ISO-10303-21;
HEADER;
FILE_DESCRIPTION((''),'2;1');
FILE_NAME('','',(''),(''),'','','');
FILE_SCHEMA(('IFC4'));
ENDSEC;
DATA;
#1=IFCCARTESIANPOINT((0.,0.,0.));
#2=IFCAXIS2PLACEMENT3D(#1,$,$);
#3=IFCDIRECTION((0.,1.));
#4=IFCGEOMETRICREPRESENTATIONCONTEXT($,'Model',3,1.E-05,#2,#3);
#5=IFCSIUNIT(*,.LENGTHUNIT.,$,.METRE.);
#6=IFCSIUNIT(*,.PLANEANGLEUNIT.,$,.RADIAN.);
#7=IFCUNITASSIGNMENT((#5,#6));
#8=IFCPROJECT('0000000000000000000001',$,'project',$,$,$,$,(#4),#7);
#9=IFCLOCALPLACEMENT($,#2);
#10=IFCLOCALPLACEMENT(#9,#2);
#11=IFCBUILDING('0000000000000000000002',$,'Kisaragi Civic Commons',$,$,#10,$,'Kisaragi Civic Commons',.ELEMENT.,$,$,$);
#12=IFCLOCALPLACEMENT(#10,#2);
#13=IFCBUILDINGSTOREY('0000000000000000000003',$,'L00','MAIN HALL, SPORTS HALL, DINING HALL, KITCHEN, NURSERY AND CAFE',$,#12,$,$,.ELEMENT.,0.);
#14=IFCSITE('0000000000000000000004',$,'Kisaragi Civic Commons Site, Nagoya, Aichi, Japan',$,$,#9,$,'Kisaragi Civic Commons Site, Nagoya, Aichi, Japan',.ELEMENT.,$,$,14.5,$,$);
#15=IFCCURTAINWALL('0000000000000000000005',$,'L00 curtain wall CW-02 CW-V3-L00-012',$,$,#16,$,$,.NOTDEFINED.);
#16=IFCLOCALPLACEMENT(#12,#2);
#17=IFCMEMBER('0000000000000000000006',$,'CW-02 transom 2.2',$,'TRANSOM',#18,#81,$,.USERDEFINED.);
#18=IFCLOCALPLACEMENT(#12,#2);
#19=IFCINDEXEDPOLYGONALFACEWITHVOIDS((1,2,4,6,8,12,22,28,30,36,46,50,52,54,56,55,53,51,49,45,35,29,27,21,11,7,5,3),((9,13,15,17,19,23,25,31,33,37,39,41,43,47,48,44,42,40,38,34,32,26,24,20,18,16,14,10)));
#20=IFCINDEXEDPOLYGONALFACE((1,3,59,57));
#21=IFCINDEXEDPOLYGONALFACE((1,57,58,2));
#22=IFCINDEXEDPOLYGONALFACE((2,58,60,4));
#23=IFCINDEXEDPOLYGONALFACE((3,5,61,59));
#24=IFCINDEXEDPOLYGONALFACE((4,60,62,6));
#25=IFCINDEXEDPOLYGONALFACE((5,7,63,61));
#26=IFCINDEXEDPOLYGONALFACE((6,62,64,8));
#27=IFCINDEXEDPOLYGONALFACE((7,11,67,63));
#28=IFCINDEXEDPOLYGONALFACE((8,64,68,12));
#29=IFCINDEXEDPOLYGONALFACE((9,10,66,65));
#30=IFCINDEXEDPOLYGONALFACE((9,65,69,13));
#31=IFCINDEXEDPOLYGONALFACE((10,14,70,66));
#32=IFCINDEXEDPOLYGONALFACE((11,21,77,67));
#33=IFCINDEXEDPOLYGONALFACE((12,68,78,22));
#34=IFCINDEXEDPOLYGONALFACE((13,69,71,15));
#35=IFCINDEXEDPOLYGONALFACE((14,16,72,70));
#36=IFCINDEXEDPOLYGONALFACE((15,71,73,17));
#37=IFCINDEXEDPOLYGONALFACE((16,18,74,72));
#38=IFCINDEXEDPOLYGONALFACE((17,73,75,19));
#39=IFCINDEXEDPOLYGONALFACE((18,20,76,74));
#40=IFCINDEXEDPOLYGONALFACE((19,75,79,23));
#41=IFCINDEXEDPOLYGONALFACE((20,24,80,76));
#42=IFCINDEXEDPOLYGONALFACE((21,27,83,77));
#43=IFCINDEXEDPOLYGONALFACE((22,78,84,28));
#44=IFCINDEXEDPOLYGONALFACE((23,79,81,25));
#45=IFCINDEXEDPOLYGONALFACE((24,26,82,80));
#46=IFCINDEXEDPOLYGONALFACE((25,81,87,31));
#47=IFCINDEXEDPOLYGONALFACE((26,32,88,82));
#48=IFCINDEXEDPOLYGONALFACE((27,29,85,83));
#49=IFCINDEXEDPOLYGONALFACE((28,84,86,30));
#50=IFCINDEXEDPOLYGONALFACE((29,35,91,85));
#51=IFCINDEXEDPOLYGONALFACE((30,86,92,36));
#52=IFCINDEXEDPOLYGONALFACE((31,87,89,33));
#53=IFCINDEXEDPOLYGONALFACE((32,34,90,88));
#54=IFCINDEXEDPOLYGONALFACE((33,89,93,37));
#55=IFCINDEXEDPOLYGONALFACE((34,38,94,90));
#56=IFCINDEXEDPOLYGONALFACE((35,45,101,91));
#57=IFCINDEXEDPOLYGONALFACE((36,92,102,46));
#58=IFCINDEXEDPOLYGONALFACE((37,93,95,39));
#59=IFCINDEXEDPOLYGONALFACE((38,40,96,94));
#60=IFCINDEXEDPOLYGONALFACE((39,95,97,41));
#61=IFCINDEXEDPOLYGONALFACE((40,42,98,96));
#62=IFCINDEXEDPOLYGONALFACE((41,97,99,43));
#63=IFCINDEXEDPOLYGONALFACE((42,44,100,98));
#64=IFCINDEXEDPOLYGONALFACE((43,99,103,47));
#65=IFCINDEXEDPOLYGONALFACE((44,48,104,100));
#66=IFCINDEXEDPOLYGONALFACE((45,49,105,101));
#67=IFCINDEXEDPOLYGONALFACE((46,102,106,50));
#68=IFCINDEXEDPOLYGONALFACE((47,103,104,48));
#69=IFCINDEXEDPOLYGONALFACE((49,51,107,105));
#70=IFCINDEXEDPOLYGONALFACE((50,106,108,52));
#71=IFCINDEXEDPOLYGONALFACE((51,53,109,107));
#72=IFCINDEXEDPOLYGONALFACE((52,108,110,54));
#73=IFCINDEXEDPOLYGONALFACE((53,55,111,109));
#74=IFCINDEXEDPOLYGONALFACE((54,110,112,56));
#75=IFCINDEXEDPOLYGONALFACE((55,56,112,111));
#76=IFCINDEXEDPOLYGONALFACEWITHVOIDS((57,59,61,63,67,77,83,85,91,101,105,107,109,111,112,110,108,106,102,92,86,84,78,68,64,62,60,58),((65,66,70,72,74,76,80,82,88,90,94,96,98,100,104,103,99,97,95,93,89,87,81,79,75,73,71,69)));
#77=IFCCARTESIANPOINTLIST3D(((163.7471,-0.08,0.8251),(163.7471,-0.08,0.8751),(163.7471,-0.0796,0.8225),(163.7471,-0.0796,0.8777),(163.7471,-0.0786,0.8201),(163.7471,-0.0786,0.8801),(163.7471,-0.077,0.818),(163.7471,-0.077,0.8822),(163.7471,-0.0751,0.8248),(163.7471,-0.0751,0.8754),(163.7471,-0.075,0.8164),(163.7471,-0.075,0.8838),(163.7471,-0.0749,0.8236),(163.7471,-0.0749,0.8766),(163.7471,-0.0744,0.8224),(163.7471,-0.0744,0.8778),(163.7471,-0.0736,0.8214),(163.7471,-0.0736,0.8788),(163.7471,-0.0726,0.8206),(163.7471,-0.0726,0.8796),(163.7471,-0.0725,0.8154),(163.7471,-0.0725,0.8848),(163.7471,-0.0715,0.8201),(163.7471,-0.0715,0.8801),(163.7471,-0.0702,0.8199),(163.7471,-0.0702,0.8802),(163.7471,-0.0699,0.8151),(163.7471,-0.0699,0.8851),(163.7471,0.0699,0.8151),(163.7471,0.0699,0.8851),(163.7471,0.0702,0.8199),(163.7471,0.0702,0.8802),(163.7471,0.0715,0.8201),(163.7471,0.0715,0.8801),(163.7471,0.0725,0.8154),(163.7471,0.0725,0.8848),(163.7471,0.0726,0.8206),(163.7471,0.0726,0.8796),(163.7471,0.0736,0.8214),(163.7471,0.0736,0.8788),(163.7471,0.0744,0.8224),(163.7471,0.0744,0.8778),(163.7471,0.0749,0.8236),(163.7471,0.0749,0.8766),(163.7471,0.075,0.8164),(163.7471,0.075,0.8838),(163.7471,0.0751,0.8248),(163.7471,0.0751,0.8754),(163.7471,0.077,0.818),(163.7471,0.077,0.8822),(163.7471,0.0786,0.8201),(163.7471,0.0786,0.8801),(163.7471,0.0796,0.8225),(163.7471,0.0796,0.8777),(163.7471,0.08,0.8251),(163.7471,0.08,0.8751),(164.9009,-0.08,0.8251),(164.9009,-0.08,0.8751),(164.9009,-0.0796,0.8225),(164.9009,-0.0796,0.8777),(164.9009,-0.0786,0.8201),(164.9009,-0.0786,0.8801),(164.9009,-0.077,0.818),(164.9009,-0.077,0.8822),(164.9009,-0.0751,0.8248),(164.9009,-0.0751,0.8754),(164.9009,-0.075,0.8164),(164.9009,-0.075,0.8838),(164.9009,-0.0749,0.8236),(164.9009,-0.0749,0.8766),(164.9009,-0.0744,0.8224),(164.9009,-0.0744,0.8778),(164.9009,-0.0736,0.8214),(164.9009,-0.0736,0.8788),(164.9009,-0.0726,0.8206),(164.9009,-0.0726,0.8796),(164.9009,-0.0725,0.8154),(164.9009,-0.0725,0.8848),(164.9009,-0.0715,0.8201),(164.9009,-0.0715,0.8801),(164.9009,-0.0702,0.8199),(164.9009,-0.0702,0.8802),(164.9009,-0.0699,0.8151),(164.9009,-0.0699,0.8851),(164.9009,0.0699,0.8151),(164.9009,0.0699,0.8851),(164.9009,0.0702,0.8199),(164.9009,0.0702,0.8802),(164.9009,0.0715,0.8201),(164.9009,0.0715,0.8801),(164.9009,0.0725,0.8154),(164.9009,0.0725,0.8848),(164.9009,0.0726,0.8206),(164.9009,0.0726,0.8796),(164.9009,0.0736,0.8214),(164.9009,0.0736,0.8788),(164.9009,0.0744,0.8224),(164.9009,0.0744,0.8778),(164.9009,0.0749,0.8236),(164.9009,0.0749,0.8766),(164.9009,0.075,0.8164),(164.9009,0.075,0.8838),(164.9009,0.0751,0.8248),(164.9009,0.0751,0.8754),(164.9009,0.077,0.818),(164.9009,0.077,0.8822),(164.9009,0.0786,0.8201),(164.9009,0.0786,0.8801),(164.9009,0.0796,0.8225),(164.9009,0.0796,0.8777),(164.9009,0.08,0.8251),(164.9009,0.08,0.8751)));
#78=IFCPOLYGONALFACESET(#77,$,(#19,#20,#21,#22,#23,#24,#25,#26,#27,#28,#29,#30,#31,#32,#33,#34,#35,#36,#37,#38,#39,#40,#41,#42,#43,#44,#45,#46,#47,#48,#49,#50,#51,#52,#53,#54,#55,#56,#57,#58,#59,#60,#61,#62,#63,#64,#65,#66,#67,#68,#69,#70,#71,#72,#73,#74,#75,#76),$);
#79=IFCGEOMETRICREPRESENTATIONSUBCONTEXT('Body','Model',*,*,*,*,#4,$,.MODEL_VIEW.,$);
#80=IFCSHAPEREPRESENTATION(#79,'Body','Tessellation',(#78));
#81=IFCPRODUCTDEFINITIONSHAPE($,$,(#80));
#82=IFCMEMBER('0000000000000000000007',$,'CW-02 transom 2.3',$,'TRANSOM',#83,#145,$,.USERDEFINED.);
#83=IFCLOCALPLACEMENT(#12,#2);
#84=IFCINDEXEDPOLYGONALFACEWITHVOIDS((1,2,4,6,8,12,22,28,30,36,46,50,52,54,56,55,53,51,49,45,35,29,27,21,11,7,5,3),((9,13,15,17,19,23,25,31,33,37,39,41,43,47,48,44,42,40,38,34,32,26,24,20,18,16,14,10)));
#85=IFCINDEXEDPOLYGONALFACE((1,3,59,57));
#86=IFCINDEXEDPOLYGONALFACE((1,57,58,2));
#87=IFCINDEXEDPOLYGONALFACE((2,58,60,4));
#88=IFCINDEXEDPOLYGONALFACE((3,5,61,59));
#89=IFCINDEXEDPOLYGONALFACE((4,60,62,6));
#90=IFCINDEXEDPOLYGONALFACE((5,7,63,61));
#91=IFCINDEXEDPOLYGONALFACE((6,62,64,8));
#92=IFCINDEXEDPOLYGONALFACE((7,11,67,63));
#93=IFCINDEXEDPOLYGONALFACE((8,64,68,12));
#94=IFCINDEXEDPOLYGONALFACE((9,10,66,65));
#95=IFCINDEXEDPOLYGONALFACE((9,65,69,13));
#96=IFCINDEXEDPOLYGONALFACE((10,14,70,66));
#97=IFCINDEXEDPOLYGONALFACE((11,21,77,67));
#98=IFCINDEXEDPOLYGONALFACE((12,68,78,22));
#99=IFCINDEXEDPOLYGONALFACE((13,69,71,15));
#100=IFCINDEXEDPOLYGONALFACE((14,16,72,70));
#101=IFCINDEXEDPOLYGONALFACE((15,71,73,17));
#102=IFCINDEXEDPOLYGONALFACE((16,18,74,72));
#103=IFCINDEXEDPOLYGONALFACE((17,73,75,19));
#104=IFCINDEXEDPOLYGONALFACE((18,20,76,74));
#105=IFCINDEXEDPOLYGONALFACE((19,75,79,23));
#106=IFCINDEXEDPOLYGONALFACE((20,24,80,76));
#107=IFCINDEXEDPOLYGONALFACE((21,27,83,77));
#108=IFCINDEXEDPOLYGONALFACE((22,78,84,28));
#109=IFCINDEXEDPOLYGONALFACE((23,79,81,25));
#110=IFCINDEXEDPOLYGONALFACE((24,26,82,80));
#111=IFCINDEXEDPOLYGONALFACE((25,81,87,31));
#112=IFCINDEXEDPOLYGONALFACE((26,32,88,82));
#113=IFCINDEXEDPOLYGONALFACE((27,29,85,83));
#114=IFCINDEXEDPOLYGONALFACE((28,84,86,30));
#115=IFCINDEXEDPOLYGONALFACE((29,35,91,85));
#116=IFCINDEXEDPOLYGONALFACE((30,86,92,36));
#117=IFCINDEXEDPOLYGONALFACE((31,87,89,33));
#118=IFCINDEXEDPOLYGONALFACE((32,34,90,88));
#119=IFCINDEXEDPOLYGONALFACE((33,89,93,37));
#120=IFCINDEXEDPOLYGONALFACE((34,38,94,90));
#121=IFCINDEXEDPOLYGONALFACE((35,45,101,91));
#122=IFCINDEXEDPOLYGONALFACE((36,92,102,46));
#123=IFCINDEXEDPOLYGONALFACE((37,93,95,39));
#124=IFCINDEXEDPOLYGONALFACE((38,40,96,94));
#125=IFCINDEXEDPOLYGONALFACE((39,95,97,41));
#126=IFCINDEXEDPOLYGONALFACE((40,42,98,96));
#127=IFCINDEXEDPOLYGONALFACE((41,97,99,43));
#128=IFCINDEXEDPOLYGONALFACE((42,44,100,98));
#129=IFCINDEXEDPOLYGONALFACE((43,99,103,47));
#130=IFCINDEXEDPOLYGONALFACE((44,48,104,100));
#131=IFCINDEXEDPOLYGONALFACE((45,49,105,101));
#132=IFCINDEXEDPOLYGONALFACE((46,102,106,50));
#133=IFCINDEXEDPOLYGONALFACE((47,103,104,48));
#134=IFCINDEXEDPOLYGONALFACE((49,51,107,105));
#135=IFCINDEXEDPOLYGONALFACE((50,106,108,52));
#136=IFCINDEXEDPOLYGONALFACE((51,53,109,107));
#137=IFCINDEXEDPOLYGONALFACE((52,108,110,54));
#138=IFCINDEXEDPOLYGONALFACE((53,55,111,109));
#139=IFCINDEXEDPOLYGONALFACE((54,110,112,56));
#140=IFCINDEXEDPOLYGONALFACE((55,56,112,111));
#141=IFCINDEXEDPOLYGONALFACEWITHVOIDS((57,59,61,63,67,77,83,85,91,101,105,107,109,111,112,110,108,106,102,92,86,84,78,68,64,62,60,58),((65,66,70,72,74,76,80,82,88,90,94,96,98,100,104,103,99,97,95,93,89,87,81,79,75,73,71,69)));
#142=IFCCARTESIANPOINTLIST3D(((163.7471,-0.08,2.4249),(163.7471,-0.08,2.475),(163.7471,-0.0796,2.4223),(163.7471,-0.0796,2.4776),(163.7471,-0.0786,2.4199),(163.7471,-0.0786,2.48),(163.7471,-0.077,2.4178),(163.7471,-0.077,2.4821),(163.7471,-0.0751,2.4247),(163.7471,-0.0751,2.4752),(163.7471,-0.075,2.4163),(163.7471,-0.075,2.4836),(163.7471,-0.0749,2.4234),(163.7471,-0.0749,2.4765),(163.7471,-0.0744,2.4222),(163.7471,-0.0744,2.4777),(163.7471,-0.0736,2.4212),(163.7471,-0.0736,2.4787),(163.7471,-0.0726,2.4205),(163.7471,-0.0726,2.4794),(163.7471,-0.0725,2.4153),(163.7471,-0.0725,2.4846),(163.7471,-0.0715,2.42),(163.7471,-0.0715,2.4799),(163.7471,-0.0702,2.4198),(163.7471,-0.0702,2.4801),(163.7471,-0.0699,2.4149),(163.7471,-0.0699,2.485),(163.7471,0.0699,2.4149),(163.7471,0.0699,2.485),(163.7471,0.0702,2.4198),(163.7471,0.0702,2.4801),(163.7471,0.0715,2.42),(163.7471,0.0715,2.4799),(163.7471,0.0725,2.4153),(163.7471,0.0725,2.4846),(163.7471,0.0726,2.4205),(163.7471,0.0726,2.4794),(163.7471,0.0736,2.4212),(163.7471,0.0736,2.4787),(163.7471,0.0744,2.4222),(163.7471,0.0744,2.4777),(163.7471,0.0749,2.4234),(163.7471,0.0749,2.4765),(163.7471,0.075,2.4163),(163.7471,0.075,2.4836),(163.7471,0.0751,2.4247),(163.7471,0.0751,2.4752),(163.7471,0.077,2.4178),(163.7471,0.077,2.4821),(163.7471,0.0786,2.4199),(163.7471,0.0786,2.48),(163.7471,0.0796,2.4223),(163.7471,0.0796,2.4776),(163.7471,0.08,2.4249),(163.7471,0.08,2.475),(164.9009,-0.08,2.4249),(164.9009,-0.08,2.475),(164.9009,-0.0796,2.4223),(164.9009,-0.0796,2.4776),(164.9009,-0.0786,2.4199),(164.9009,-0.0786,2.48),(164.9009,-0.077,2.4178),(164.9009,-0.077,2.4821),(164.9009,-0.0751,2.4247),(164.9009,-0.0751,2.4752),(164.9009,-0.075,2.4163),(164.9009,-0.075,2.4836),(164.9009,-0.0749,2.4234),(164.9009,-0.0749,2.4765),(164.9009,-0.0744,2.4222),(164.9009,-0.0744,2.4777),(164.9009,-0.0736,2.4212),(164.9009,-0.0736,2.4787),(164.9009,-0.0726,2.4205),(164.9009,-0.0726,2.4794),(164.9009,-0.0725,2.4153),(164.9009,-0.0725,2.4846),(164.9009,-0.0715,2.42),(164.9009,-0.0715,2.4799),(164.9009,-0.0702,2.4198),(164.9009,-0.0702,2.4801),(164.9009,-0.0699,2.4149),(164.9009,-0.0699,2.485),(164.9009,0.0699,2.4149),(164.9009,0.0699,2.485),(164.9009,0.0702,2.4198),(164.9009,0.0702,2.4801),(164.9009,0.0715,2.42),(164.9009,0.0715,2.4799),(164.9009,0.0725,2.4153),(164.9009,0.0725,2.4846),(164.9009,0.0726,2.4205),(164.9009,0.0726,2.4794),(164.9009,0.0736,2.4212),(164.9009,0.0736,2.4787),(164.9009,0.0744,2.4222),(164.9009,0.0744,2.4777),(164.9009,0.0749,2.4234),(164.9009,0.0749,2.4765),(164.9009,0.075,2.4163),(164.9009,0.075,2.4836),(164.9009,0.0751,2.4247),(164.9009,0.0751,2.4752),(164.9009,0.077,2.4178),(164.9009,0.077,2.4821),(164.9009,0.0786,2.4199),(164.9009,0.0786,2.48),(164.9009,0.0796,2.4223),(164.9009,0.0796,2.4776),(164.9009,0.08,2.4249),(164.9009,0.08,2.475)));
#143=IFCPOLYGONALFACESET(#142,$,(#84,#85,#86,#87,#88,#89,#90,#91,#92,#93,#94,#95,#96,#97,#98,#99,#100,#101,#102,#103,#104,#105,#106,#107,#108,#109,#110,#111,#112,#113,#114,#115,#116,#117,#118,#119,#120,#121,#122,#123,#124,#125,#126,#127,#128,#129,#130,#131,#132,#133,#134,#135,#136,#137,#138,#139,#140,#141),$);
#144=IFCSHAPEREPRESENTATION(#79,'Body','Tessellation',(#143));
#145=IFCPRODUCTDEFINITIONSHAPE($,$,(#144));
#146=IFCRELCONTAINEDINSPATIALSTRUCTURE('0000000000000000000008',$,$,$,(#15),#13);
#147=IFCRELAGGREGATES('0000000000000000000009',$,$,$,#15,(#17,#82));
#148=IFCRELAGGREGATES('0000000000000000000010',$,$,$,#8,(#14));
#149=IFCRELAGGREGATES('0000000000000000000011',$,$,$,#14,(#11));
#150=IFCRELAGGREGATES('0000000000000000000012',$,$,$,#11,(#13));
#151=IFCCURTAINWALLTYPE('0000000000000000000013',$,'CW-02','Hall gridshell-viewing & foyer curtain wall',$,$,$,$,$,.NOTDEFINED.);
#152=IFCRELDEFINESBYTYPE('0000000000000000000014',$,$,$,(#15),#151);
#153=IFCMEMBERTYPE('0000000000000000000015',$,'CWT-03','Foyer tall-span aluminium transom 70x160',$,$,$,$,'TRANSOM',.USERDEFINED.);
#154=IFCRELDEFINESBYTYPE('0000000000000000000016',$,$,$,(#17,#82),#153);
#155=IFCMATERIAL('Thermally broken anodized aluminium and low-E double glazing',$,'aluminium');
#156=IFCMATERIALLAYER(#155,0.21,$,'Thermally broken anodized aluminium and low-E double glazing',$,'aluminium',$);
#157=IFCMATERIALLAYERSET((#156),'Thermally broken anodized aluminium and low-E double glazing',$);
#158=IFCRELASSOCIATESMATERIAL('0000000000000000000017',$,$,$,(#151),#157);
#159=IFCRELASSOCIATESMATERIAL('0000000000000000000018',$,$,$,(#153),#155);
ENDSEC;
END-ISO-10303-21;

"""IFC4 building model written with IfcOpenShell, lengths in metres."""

from ifc_helpers import new_model, si_unit, direction, frame, origin, origin_2d, place, context, subcontext, project, spatial, hollow_rectangle, extrude, material, layer, layer_set, material_profile, profile_set, type_object, element, aggregate, save


model = new_model("IFC4")

# Units and contexts
model_context = context("Model", 3, precision=1e-05, world=origin(), true_north=direction((0.0, 1.0)))
body_context = subcontext(model_context, "Body", "Model", "MODEL_VIEW")
ifc_project = project(units=[si_unit("LENGTHUNIT", "METRE"), si_unit("PLANEANGLEUNIT", "RADIAN")], contexts=[model_context])

# Site, building, storey
site_placement = place(None, origin())
site = spatial("IfcSite", under=ifc_project, at=site_placement, Name="Kisaragi Civic Commons Site, Nagoya, Aichi, Japan", LongName="Kisaragi Civic Commons Site, Nagoya, Aichi, Japan", CompositionType="ELEMENT", RefElevation=14.5)
building_placement = place(site_placement, origin())
building = spatial("IfcBuilding", under=site, at=building_placement, Name="Kisaragi Civic Commons", LongName="Kisaragi Civic Commons", CompositionType="ELEMENT")
storey_placement = place(building_placement, origin())
storey = spatial("IfcBuildingStorey", under=building, at=storey_placement, Name="L00", Description="MAIN HALL, SPORTS HALL, DINING HALL, KITCHEN, NURSERY AND CAFE", CompositionType="ELEMENT", Elevation=0.0)

# Curtain wall, members
ifc_material = material(Name="Thermally broken anodized aluminium and low-E double glazing", Category="aluminium")
ifc_layer_1 = layer(ifc_material, 0.21, Name="Thermally broken anodized aluminium and low-E double glazing", Category="aluminium")
ifc_layer_set_1 = layer_set([ifc_layer_1], Name="Thermally broken anodized aluminium and low-E double glazing")
curtain_wall_type = type_object("IfcCurtainWallType", Name="CW-02", Description="Hall gridshell-viewing & foyer curtain wall", PredefinedType="NOTDEFINED", material=ifc_layer_set_1)
curtain_wall_placement = place(storey_placement, origin())
curtain_wall = element("IfcCurtainWall", 1, at=curtain_wall_placement, inside=storey, type_object=curtain_wall_type, Name="L00 curtain wall CW-02 CW-V3-L00-012", PredefinedType="NOTDEFINED")
ifc_material_profile_1 = material_profile(ifc_material, hollow_rectangle(XDim=0.1599, YDim=0.0701, WallThickness=0.0049, InnerFilletRadius=0.0049, OuterFilletRadius=0.01, at=origin_2d()), Name="CWT-70x160x5", Category="aluminium")
ifc_profile_set_1 = profile_set([ifc_material_profile_1], Name="Thermally broken anodized aluminium and low-E double glazing")
member_type_1 = type_object("IfcMemberType", Name="CWT-03", Description="Foyer tall-span aluminium transom 70x160", ElementType="TRANSOM", PredefinedType="USERDEFINED", material=ifc_profile_set_1)
member_1_placement = place(storey_placement, frame((164.9009, 0.0, 0.8501), z_axis=(-1.0, 0.0, 0.0), x_axis=(0.0, -1.0, 0.0)))
member_1 = element("IfcMember", 2, at=member_1_placement, type_object=member_type_1, Name="CW-02 transom 2.2", ObjectType="TRANSOM", PredefinedType="USERDEFINED", context=body_context, shape_type="SweptSolid", body=[
    extrude(hollow_rectangle(XDim=0.1599, YDim=0.0701, WallThickness=0.0049, InnerFilletRadius=0.0049, OuterFilletRadius=0.01, at=origin_2d()), origin(), (0.0, 0.0, 1.0), 1.1538),
])
member_2_placement = place(storey_placement, frame((164.9009, 0.0, 2.45), z_axis=(-1.0, 0.0, 0.0), x_axis=(0.0, -1.0, 0.0)))
member_2 = element("IfcMember", 3, at=member_2_placement, type_object=member_type_1, Name="CW-02 transom 2.3", ObjectType="TRANSOM", PredefinedType="USERDEFINED", context=body_context, shape_type="SweptSolid", body=[
    extrude(hollow_rectangle(XDim=0.1599, YDim=0.0701, WallThickness=0.0049, InnerFilletRadius=0.0049, OuterFilletRadius=0.01, at=origin_2d()), origin(), (0.0, 0.0, 1.0), 1.1538),
])
aggregate(curtain_wall, [member_1, member_2])

save(model, "model.ifc")
